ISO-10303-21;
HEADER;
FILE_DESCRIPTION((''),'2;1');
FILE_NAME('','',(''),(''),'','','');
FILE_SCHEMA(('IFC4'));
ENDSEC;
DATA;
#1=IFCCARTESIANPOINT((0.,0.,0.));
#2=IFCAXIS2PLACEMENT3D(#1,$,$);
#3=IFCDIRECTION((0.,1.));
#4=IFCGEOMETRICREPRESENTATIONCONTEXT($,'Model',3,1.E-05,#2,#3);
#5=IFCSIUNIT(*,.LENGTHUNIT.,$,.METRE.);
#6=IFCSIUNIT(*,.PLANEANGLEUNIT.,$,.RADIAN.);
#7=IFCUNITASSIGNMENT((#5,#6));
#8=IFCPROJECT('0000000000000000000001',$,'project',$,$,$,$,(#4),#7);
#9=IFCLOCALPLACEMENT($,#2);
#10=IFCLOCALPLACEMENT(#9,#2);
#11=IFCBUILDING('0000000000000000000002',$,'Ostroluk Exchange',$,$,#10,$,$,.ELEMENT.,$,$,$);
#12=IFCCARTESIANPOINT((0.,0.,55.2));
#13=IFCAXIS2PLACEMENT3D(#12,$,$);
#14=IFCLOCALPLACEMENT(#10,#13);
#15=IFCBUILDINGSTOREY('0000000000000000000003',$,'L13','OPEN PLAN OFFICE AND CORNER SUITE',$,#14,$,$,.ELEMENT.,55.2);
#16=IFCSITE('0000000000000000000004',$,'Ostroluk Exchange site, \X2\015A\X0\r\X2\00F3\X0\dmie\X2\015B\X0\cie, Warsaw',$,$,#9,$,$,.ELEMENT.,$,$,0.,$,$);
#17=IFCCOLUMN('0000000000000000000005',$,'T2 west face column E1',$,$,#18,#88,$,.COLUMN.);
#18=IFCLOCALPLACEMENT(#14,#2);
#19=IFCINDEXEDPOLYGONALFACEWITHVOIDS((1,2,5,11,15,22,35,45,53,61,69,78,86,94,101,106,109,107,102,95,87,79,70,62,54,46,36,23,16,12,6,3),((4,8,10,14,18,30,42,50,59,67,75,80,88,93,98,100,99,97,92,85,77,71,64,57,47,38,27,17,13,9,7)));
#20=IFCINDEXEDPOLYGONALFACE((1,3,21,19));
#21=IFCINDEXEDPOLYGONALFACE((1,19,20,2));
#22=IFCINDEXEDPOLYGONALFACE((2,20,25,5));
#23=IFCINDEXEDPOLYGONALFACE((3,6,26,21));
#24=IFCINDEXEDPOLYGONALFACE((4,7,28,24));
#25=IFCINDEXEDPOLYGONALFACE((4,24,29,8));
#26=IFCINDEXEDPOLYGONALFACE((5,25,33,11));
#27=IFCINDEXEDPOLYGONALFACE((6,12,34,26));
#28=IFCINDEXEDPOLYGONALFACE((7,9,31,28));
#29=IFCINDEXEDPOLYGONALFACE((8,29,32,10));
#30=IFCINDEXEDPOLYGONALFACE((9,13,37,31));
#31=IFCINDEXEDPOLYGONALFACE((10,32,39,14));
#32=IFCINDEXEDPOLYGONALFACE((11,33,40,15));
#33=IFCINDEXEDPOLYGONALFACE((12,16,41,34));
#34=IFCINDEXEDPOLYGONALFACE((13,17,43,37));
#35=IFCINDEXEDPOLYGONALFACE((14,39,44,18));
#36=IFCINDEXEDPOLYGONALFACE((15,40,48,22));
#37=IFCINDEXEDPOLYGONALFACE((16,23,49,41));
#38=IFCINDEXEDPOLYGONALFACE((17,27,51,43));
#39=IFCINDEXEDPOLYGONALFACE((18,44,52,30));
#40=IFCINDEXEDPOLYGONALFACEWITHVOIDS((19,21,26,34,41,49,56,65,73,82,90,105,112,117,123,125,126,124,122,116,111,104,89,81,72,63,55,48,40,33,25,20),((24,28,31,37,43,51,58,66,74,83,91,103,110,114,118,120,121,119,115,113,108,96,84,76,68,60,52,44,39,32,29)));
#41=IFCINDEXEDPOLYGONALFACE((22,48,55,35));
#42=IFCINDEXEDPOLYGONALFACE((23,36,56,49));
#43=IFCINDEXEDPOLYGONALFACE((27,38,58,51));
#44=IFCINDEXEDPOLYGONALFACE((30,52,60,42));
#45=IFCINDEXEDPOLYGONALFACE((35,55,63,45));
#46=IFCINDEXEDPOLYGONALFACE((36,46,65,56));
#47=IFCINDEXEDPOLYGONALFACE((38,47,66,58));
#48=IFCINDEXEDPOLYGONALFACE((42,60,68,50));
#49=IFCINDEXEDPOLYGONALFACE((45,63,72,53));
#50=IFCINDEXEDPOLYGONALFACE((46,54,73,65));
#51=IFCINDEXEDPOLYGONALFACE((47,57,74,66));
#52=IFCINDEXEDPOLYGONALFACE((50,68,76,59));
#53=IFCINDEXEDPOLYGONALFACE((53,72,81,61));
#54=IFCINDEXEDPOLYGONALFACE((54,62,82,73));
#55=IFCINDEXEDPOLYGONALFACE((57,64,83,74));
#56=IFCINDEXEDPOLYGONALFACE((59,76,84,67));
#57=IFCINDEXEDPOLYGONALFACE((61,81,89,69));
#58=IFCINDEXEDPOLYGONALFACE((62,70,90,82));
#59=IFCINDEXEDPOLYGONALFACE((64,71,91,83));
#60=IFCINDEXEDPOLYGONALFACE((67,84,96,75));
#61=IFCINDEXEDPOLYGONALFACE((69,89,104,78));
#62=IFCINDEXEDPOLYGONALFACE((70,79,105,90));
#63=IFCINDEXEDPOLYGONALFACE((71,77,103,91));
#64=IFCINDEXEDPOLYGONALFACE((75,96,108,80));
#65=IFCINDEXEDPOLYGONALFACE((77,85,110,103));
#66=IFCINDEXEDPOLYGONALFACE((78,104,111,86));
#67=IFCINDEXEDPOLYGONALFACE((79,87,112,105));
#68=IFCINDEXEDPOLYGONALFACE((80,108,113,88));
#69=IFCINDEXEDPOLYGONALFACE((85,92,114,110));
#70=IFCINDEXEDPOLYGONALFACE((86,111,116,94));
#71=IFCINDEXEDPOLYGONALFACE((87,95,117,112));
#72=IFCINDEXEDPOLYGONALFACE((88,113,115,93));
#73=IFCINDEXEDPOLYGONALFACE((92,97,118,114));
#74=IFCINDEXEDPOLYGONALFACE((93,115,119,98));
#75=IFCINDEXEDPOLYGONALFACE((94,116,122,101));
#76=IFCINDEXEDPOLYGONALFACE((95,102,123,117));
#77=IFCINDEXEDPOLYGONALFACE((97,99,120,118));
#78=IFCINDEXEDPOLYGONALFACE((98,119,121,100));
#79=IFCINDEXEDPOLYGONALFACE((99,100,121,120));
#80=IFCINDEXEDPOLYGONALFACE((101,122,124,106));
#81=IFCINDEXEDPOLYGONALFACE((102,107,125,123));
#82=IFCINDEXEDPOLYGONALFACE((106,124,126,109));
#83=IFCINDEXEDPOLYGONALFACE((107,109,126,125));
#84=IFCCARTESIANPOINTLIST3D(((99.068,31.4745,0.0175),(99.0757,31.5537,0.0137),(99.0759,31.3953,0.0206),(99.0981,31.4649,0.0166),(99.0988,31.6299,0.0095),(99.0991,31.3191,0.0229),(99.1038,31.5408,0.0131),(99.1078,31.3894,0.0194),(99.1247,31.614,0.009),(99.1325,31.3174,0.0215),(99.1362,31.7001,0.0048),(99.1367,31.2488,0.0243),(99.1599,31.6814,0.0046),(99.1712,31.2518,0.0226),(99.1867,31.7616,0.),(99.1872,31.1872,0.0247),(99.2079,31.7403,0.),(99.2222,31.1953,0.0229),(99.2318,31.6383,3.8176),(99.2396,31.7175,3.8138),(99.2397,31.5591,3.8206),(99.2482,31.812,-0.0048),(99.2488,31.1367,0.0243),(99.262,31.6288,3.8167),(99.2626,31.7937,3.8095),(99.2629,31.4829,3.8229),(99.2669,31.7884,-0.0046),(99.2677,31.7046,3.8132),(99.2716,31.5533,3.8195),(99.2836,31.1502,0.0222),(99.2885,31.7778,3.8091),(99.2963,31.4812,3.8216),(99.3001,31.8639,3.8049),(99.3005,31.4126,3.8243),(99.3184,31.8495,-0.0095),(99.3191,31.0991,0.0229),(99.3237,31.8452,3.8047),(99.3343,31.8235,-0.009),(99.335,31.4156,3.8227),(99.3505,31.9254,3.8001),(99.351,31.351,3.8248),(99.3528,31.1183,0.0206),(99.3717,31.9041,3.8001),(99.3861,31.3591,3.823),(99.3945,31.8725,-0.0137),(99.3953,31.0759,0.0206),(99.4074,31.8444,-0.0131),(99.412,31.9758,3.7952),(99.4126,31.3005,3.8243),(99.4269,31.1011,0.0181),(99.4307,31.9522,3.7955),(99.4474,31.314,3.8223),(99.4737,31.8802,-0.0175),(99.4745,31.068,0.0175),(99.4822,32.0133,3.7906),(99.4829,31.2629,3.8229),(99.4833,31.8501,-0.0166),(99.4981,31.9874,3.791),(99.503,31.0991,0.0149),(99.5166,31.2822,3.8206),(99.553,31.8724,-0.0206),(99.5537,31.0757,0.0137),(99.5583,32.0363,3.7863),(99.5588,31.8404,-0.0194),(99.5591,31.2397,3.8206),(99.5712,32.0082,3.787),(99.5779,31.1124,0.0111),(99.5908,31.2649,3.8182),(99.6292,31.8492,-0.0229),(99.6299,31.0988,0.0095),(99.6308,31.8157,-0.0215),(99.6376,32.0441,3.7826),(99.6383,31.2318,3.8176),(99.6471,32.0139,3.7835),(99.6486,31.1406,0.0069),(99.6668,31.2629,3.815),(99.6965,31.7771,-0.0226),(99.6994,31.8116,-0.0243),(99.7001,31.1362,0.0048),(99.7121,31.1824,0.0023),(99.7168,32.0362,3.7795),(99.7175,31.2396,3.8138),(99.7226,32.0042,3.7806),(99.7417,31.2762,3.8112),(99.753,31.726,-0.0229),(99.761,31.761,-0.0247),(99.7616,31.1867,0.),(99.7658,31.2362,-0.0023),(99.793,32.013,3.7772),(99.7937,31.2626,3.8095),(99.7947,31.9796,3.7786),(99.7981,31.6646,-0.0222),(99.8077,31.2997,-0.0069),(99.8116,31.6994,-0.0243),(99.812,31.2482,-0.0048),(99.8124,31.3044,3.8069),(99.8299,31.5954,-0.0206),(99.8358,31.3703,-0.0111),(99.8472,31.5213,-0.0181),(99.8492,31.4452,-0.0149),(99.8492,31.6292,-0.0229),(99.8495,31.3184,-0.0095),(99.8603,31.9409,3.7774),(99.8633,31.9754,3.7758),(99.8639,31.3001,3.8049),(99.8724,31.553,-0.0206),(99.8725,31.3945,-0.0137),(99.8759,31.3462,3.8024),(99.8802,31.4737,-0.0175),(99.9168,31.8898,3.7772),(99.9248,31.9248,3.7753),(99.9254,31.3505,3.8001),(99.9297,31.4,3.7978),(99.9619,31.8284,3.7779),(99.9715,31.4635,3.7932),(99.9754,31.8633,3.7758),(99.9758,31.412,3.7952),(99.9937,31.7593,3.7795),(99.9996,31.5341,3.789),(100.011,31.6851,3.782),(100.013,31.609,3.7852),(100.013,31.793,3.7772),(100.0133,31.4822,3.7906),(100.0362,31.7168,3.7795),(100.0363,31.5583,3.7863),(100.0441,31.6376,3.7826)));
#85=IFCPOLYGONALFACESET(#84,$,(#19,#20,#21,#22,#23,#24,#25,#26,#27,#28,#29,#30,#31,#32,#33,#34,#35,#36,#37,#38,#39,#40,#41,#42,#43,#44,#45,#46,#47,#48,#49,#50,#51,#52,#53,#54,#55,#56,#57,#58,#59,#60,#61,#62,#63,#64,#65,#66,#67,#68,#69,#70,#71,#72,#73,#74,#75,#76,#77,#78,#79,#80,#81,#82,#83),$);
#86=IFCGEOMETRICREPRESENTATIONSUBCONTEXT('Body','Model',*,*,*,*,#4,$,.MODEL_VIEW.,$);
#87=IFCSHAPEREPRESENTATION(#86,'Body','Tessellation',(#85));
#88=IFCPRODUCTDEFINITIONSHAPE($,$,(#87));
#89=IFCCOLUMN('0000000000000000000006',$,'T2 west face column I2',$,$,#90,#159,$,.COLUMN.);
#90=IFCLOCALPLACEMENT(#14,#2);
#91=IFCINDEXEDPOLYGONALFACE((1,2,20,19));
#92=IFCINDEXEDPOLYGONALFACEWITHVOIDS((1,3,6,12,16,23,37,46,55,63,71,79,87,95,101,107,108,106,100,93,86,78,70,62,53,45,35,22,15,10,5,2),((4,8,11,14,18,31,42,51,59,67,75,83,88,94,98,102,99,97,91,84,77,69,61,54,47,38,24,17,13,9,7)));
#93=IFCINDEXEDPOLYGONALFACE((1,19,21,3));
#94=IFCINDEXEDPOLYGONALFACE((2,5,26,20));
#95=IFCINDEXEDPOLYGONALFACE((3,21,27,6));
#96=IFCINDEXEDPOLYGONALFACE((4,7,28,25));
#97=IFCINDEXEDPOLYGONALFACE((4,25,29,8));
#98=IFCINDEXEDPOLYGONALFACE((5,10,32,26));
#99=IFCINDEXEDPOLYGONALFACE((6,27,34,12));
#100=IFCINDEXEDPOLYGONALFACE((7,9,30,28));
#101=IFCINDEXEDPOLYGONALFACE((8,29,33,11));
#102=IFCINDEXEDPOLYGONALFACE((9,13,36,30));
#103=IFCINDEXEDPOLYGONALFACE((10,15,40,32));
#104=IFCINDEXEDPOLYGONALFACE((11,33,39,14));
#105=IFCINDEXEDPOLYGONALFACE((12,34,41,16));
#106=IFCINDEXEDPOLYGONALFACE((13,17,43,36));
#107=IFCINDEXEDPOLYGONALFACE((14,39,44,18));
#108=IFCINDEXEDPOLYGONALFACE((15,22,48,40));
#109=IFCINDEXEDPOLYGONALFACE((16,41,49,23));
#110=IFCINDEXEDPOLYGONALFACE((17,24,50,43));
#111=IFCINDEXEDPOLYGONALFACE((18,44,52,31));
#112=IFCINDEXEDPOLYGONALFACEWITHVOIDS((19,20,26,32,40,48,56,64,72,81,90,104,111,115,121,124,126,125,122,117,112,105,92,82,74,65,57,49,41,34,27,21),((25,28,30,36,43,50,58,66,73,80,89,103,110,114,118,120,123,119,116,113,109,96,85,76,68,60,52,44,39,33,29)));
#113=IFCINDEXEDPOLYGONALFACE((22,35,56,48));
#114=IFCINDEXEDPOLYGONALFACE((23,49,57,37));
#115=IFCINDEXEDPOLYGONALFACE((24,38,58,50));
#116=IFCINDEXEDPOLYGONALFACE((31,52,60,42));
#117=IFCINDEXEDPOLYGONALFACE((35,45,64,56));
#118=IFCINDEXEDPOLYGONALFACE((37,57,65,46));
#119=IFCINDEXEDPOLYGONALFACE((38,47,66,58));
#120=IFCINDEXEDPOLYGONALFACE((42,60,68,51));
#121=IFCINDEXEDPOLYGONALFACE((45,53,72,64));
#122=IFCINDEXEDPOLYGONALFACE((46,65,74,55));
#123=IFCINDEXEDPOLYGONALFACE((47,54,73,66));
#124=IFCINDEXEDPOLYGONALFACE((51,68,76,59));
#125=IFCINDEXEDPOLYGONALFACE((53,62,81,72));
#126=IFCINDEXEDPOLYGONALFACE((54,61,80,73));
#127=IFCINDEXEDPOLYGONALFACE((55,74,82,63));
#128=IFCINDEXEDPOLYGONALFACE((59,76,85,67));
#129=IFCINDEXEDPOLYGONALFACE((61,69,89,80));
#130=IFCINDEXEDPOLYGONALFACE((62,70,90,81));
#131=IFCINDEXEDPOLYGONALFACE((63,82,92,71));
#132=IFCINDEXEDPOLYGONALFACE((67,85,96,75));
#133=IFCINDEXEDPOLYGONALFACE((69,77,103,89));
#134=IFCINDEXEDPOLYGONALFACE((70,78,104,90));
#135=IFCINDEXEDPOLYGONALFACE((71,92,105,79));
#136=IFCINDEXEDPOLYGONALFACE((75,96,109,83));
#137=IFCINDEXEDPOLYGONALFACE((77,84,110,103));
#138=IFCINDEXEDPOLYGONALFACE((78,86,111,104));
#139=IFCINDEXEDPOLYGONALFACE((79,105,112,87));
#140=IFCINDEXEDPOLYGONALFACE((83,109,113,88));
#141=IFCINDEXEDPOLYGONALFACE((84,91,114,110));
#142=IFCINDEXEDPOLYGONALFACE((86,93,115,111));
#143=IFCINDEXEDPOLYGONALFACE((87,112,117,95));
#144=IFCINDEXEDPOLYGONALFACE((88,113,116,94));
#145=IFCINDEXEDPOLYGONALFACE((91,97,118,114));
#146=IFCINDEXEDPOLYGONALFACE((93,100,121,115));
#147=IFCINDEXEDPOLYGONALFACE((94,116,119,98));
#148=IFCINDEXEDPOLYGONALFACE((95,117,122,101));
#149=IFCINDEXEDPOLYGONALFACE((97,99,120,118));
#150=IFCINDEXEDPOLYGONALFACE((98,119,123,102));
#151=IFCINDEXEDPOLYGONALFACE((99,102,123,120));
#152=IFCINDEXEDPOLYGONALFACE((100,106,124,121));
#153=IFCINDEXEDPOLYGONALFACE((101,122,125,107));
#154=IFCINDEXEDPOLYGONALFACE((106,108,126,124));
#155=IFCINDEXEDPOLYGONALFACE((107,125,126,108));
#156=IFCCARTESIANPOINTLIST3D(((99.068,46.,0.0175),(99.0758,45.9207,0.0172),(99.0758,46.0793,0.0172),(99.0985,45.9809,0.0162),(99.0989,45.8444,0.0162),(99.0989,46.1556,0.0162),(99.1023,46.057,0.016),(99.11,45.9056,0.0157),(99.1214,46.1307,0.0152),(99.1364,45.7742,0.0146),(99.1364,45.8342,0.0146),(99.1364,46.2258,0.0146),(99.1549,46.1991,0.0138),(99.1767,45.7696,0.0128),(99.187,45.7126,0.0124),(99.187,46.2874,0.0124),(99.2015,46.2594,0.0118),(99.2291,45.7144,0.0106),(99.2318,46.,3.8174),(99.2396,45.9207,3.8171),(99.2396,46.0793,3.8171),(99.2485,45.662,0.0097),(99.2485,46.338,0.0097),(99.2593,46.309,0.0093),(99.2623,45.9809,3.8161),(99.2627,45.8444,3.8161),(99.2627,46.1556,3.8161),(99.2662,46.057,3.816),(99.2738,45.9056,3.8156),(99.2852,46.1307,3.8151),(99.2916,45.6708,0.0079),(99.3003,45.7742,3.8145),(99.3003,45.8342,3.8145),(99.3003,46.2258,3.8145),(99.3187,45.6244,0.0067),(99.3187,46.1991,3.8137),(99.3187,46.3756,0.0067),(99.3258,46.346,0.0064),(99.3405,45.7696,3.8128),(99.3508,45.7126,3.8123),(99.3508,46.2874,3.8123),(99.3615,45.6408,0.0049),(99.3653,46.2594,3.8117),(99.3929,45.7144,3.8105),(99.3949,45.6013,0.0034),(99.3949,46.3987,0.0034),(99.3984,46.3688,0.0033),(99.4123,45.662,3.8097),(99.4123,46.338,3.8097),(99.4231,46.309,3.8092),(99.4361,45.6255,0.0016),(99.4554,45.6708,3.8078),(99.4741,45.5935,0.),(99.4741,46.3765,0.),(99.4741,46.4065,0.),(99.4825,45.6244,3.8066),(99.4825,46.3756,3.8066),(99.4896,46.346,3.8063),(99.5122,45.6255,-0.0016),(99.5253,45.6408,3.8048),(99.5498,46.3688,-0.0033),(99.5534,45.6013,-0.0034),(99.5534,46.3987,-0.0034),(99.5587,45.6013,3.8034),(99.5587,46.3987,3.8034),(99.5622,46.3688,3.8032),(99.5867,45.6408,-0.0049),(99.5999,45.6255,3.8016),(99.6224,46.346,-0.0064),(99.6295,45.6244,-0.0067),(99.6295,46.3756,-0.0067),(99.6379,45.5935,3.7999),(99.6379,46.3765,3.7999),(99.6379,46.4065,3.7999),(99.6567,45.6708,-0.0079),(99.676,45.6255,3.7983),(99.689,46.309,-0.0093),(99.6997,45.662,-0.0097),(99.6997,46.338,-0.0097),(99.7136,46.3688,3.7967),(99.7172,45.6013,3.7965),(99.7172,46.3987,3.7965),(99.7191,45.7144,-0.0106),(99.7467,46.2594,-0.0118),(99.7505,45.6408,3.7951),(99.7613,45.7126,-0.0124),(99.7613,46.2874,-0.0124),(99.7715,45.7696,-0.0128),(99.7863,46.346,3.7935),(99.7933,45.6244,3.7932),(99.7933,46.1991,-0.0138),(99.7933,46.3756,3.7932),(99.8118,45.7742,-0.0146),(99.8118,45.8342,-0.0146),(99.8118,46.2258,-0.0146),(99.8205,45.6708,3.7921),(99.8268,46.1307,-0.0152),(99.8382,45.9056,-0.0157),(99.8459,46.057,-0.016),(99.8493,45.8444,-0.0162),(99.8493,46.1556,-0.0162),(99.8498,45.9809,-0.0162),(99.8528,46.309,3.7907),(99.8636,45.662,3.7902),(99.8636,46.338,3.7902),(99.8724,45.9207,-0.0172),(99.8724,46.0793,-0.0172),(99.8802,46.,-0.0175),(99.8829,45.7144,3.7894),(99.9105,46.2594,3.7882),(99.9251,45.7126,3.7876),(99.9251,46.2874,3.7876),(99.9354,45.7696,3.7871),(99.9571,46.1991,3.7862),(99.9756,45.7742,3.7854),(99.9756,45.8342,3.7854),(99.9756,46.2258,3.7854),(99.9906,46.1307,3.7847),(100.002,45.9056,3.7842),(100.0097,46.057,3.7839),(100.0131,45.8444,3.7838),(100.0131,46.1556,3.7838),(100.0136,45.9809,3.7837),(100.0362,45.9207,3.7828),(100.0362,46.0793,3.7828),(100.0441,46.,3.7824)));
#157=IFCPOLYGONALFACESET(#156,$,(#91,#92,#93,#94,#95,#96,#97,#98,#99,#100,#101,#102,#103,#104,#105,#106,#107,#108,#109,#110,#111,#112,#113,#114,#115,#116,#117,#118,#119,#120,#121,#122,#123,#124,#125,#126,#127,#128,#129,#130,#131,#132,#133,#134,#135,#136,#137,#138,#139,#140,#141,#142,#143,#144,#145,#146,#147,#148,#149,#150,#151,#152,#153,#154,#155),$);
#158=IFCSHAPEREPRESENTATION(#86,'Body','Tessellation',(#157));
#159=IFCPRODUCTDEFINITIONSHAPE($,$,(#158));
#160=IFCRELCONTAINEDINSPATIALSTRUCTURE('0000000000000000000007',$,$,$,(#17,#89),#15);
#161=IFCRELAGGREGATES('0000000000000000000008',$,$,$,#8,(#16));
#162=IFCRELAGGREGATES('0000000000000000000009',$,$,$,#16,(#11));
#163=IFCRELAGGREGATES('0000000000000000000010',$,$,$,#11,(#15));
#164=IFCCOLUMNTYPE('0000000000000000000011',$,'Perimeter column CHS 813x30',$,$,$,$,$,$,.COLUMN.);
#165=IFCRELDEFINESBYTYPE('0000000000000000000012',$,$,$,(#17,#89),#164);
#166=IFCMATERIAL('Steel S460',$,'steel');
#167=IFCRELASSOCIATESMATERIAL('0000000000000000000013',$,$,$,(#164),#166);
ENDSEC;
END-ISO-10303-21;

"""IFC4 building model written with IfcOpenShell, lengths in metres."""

from ifc_helpers import new_model, si_unit, direction, frame, origin, origin_2d, place, context, subcontext, project, spatial, hollow_circle, extrude, material, material_profile, profile_set, type_object, element, save


model = new_model("IFC4")

# Units and contexts
model_context = context("Model", 3, precision=1e-05, world=origin(), true_north=direction((0.0, 1.0)))
body_context = subcontext(model_context, "Body", "Model", "MODEL_VIEW")
ifc_project = project(units=[si_unit("LENGTHUNIT", "METRE"), si_unit("PLANEANGLEUNIT", "RADIAN")], contexts=[model_context])

# Site, building, storey
site_placement = place(None, origin())
site = spatial("IfcSite", under=ifc_project, at=site_placement, Name="Ostroluk Exchange site, Śródmieście, Warsaw", CompositionType="ELEMENT", RefElevation=0.0)
building_placement = place(site_placement, origin())
building = spatial("IfcBuilding", under=site, at=building_placement, Name="Ostroluk Exchange", CompositionType="ELEMENT")
storey_placement = place(building_placement, frame((0.0, 0.0, 55.2)))
storey = spatial("IfcBuildingStorey", under=building, at=storey_placement, Name="L13", Description="OPEN PLAN OFFICE AND CORNER SUITE", CompositionType="ELEMENT", Elevation=55.2)

# Columns
ifc_material_1 = material(Name="Steel S460", Category="steel")
ifc_material_profile_1 = material_profile(ifc_material_1, hollow_circle(Radius=0.4065, WallThickness=0.03, at=origin_2d()), Name="CHS 813x30")
ifc_profile_set_1 = profile_set([ifc_material_profile_1], Name="Steel S460")
column_type = type_object("IfcColumnType", Name="Perimeter column CHS 813x30", PredefinedType="COLUMN", material=ifc_profile_set_1)
column_1_placement = place(storey_placement, frame((99.4741, 31.4741, 0.0), z_axis=(0.04303, 0.04303, 0.998147), x_axis=(-0.707107, 0.707107, 0.0)))
element("IfcColumn", 1, at=column_1_placement, inside=storey, type_object=column_type, Name="T2 west face column E1", PredefinedType="COLUMN", context=body_context, shape_type="SweptSolid", body=[
    extrude(hollow_circle(Radius=0.4065, WallThickness=0.03, at=origin_2d()), origin(), (0.0, 0.0, 1.0), 3.8071),
])
column_2_placement = place(storey_placement, frame((99.4741, 46.0, 0.0), z_axis=(0.04307, 0.0, 0.999072), x_axis=(0.0, 1.0, 0.0)))
element("IfcColumn", 2, at=column_2_placement, inside=storey, type_object=column_type, Name="T2 west face column I2", PredefinedType="COLUMN", context=body_context, shape_type="SweptSolid", body=[
    extrude(hollow_circle(Radius=0.4065, WallThickness=0.03, at=origin_2d()), origin(), (0.0, 0.0, 1.0), 3.8035),
])

save(model, "model.ifc")
